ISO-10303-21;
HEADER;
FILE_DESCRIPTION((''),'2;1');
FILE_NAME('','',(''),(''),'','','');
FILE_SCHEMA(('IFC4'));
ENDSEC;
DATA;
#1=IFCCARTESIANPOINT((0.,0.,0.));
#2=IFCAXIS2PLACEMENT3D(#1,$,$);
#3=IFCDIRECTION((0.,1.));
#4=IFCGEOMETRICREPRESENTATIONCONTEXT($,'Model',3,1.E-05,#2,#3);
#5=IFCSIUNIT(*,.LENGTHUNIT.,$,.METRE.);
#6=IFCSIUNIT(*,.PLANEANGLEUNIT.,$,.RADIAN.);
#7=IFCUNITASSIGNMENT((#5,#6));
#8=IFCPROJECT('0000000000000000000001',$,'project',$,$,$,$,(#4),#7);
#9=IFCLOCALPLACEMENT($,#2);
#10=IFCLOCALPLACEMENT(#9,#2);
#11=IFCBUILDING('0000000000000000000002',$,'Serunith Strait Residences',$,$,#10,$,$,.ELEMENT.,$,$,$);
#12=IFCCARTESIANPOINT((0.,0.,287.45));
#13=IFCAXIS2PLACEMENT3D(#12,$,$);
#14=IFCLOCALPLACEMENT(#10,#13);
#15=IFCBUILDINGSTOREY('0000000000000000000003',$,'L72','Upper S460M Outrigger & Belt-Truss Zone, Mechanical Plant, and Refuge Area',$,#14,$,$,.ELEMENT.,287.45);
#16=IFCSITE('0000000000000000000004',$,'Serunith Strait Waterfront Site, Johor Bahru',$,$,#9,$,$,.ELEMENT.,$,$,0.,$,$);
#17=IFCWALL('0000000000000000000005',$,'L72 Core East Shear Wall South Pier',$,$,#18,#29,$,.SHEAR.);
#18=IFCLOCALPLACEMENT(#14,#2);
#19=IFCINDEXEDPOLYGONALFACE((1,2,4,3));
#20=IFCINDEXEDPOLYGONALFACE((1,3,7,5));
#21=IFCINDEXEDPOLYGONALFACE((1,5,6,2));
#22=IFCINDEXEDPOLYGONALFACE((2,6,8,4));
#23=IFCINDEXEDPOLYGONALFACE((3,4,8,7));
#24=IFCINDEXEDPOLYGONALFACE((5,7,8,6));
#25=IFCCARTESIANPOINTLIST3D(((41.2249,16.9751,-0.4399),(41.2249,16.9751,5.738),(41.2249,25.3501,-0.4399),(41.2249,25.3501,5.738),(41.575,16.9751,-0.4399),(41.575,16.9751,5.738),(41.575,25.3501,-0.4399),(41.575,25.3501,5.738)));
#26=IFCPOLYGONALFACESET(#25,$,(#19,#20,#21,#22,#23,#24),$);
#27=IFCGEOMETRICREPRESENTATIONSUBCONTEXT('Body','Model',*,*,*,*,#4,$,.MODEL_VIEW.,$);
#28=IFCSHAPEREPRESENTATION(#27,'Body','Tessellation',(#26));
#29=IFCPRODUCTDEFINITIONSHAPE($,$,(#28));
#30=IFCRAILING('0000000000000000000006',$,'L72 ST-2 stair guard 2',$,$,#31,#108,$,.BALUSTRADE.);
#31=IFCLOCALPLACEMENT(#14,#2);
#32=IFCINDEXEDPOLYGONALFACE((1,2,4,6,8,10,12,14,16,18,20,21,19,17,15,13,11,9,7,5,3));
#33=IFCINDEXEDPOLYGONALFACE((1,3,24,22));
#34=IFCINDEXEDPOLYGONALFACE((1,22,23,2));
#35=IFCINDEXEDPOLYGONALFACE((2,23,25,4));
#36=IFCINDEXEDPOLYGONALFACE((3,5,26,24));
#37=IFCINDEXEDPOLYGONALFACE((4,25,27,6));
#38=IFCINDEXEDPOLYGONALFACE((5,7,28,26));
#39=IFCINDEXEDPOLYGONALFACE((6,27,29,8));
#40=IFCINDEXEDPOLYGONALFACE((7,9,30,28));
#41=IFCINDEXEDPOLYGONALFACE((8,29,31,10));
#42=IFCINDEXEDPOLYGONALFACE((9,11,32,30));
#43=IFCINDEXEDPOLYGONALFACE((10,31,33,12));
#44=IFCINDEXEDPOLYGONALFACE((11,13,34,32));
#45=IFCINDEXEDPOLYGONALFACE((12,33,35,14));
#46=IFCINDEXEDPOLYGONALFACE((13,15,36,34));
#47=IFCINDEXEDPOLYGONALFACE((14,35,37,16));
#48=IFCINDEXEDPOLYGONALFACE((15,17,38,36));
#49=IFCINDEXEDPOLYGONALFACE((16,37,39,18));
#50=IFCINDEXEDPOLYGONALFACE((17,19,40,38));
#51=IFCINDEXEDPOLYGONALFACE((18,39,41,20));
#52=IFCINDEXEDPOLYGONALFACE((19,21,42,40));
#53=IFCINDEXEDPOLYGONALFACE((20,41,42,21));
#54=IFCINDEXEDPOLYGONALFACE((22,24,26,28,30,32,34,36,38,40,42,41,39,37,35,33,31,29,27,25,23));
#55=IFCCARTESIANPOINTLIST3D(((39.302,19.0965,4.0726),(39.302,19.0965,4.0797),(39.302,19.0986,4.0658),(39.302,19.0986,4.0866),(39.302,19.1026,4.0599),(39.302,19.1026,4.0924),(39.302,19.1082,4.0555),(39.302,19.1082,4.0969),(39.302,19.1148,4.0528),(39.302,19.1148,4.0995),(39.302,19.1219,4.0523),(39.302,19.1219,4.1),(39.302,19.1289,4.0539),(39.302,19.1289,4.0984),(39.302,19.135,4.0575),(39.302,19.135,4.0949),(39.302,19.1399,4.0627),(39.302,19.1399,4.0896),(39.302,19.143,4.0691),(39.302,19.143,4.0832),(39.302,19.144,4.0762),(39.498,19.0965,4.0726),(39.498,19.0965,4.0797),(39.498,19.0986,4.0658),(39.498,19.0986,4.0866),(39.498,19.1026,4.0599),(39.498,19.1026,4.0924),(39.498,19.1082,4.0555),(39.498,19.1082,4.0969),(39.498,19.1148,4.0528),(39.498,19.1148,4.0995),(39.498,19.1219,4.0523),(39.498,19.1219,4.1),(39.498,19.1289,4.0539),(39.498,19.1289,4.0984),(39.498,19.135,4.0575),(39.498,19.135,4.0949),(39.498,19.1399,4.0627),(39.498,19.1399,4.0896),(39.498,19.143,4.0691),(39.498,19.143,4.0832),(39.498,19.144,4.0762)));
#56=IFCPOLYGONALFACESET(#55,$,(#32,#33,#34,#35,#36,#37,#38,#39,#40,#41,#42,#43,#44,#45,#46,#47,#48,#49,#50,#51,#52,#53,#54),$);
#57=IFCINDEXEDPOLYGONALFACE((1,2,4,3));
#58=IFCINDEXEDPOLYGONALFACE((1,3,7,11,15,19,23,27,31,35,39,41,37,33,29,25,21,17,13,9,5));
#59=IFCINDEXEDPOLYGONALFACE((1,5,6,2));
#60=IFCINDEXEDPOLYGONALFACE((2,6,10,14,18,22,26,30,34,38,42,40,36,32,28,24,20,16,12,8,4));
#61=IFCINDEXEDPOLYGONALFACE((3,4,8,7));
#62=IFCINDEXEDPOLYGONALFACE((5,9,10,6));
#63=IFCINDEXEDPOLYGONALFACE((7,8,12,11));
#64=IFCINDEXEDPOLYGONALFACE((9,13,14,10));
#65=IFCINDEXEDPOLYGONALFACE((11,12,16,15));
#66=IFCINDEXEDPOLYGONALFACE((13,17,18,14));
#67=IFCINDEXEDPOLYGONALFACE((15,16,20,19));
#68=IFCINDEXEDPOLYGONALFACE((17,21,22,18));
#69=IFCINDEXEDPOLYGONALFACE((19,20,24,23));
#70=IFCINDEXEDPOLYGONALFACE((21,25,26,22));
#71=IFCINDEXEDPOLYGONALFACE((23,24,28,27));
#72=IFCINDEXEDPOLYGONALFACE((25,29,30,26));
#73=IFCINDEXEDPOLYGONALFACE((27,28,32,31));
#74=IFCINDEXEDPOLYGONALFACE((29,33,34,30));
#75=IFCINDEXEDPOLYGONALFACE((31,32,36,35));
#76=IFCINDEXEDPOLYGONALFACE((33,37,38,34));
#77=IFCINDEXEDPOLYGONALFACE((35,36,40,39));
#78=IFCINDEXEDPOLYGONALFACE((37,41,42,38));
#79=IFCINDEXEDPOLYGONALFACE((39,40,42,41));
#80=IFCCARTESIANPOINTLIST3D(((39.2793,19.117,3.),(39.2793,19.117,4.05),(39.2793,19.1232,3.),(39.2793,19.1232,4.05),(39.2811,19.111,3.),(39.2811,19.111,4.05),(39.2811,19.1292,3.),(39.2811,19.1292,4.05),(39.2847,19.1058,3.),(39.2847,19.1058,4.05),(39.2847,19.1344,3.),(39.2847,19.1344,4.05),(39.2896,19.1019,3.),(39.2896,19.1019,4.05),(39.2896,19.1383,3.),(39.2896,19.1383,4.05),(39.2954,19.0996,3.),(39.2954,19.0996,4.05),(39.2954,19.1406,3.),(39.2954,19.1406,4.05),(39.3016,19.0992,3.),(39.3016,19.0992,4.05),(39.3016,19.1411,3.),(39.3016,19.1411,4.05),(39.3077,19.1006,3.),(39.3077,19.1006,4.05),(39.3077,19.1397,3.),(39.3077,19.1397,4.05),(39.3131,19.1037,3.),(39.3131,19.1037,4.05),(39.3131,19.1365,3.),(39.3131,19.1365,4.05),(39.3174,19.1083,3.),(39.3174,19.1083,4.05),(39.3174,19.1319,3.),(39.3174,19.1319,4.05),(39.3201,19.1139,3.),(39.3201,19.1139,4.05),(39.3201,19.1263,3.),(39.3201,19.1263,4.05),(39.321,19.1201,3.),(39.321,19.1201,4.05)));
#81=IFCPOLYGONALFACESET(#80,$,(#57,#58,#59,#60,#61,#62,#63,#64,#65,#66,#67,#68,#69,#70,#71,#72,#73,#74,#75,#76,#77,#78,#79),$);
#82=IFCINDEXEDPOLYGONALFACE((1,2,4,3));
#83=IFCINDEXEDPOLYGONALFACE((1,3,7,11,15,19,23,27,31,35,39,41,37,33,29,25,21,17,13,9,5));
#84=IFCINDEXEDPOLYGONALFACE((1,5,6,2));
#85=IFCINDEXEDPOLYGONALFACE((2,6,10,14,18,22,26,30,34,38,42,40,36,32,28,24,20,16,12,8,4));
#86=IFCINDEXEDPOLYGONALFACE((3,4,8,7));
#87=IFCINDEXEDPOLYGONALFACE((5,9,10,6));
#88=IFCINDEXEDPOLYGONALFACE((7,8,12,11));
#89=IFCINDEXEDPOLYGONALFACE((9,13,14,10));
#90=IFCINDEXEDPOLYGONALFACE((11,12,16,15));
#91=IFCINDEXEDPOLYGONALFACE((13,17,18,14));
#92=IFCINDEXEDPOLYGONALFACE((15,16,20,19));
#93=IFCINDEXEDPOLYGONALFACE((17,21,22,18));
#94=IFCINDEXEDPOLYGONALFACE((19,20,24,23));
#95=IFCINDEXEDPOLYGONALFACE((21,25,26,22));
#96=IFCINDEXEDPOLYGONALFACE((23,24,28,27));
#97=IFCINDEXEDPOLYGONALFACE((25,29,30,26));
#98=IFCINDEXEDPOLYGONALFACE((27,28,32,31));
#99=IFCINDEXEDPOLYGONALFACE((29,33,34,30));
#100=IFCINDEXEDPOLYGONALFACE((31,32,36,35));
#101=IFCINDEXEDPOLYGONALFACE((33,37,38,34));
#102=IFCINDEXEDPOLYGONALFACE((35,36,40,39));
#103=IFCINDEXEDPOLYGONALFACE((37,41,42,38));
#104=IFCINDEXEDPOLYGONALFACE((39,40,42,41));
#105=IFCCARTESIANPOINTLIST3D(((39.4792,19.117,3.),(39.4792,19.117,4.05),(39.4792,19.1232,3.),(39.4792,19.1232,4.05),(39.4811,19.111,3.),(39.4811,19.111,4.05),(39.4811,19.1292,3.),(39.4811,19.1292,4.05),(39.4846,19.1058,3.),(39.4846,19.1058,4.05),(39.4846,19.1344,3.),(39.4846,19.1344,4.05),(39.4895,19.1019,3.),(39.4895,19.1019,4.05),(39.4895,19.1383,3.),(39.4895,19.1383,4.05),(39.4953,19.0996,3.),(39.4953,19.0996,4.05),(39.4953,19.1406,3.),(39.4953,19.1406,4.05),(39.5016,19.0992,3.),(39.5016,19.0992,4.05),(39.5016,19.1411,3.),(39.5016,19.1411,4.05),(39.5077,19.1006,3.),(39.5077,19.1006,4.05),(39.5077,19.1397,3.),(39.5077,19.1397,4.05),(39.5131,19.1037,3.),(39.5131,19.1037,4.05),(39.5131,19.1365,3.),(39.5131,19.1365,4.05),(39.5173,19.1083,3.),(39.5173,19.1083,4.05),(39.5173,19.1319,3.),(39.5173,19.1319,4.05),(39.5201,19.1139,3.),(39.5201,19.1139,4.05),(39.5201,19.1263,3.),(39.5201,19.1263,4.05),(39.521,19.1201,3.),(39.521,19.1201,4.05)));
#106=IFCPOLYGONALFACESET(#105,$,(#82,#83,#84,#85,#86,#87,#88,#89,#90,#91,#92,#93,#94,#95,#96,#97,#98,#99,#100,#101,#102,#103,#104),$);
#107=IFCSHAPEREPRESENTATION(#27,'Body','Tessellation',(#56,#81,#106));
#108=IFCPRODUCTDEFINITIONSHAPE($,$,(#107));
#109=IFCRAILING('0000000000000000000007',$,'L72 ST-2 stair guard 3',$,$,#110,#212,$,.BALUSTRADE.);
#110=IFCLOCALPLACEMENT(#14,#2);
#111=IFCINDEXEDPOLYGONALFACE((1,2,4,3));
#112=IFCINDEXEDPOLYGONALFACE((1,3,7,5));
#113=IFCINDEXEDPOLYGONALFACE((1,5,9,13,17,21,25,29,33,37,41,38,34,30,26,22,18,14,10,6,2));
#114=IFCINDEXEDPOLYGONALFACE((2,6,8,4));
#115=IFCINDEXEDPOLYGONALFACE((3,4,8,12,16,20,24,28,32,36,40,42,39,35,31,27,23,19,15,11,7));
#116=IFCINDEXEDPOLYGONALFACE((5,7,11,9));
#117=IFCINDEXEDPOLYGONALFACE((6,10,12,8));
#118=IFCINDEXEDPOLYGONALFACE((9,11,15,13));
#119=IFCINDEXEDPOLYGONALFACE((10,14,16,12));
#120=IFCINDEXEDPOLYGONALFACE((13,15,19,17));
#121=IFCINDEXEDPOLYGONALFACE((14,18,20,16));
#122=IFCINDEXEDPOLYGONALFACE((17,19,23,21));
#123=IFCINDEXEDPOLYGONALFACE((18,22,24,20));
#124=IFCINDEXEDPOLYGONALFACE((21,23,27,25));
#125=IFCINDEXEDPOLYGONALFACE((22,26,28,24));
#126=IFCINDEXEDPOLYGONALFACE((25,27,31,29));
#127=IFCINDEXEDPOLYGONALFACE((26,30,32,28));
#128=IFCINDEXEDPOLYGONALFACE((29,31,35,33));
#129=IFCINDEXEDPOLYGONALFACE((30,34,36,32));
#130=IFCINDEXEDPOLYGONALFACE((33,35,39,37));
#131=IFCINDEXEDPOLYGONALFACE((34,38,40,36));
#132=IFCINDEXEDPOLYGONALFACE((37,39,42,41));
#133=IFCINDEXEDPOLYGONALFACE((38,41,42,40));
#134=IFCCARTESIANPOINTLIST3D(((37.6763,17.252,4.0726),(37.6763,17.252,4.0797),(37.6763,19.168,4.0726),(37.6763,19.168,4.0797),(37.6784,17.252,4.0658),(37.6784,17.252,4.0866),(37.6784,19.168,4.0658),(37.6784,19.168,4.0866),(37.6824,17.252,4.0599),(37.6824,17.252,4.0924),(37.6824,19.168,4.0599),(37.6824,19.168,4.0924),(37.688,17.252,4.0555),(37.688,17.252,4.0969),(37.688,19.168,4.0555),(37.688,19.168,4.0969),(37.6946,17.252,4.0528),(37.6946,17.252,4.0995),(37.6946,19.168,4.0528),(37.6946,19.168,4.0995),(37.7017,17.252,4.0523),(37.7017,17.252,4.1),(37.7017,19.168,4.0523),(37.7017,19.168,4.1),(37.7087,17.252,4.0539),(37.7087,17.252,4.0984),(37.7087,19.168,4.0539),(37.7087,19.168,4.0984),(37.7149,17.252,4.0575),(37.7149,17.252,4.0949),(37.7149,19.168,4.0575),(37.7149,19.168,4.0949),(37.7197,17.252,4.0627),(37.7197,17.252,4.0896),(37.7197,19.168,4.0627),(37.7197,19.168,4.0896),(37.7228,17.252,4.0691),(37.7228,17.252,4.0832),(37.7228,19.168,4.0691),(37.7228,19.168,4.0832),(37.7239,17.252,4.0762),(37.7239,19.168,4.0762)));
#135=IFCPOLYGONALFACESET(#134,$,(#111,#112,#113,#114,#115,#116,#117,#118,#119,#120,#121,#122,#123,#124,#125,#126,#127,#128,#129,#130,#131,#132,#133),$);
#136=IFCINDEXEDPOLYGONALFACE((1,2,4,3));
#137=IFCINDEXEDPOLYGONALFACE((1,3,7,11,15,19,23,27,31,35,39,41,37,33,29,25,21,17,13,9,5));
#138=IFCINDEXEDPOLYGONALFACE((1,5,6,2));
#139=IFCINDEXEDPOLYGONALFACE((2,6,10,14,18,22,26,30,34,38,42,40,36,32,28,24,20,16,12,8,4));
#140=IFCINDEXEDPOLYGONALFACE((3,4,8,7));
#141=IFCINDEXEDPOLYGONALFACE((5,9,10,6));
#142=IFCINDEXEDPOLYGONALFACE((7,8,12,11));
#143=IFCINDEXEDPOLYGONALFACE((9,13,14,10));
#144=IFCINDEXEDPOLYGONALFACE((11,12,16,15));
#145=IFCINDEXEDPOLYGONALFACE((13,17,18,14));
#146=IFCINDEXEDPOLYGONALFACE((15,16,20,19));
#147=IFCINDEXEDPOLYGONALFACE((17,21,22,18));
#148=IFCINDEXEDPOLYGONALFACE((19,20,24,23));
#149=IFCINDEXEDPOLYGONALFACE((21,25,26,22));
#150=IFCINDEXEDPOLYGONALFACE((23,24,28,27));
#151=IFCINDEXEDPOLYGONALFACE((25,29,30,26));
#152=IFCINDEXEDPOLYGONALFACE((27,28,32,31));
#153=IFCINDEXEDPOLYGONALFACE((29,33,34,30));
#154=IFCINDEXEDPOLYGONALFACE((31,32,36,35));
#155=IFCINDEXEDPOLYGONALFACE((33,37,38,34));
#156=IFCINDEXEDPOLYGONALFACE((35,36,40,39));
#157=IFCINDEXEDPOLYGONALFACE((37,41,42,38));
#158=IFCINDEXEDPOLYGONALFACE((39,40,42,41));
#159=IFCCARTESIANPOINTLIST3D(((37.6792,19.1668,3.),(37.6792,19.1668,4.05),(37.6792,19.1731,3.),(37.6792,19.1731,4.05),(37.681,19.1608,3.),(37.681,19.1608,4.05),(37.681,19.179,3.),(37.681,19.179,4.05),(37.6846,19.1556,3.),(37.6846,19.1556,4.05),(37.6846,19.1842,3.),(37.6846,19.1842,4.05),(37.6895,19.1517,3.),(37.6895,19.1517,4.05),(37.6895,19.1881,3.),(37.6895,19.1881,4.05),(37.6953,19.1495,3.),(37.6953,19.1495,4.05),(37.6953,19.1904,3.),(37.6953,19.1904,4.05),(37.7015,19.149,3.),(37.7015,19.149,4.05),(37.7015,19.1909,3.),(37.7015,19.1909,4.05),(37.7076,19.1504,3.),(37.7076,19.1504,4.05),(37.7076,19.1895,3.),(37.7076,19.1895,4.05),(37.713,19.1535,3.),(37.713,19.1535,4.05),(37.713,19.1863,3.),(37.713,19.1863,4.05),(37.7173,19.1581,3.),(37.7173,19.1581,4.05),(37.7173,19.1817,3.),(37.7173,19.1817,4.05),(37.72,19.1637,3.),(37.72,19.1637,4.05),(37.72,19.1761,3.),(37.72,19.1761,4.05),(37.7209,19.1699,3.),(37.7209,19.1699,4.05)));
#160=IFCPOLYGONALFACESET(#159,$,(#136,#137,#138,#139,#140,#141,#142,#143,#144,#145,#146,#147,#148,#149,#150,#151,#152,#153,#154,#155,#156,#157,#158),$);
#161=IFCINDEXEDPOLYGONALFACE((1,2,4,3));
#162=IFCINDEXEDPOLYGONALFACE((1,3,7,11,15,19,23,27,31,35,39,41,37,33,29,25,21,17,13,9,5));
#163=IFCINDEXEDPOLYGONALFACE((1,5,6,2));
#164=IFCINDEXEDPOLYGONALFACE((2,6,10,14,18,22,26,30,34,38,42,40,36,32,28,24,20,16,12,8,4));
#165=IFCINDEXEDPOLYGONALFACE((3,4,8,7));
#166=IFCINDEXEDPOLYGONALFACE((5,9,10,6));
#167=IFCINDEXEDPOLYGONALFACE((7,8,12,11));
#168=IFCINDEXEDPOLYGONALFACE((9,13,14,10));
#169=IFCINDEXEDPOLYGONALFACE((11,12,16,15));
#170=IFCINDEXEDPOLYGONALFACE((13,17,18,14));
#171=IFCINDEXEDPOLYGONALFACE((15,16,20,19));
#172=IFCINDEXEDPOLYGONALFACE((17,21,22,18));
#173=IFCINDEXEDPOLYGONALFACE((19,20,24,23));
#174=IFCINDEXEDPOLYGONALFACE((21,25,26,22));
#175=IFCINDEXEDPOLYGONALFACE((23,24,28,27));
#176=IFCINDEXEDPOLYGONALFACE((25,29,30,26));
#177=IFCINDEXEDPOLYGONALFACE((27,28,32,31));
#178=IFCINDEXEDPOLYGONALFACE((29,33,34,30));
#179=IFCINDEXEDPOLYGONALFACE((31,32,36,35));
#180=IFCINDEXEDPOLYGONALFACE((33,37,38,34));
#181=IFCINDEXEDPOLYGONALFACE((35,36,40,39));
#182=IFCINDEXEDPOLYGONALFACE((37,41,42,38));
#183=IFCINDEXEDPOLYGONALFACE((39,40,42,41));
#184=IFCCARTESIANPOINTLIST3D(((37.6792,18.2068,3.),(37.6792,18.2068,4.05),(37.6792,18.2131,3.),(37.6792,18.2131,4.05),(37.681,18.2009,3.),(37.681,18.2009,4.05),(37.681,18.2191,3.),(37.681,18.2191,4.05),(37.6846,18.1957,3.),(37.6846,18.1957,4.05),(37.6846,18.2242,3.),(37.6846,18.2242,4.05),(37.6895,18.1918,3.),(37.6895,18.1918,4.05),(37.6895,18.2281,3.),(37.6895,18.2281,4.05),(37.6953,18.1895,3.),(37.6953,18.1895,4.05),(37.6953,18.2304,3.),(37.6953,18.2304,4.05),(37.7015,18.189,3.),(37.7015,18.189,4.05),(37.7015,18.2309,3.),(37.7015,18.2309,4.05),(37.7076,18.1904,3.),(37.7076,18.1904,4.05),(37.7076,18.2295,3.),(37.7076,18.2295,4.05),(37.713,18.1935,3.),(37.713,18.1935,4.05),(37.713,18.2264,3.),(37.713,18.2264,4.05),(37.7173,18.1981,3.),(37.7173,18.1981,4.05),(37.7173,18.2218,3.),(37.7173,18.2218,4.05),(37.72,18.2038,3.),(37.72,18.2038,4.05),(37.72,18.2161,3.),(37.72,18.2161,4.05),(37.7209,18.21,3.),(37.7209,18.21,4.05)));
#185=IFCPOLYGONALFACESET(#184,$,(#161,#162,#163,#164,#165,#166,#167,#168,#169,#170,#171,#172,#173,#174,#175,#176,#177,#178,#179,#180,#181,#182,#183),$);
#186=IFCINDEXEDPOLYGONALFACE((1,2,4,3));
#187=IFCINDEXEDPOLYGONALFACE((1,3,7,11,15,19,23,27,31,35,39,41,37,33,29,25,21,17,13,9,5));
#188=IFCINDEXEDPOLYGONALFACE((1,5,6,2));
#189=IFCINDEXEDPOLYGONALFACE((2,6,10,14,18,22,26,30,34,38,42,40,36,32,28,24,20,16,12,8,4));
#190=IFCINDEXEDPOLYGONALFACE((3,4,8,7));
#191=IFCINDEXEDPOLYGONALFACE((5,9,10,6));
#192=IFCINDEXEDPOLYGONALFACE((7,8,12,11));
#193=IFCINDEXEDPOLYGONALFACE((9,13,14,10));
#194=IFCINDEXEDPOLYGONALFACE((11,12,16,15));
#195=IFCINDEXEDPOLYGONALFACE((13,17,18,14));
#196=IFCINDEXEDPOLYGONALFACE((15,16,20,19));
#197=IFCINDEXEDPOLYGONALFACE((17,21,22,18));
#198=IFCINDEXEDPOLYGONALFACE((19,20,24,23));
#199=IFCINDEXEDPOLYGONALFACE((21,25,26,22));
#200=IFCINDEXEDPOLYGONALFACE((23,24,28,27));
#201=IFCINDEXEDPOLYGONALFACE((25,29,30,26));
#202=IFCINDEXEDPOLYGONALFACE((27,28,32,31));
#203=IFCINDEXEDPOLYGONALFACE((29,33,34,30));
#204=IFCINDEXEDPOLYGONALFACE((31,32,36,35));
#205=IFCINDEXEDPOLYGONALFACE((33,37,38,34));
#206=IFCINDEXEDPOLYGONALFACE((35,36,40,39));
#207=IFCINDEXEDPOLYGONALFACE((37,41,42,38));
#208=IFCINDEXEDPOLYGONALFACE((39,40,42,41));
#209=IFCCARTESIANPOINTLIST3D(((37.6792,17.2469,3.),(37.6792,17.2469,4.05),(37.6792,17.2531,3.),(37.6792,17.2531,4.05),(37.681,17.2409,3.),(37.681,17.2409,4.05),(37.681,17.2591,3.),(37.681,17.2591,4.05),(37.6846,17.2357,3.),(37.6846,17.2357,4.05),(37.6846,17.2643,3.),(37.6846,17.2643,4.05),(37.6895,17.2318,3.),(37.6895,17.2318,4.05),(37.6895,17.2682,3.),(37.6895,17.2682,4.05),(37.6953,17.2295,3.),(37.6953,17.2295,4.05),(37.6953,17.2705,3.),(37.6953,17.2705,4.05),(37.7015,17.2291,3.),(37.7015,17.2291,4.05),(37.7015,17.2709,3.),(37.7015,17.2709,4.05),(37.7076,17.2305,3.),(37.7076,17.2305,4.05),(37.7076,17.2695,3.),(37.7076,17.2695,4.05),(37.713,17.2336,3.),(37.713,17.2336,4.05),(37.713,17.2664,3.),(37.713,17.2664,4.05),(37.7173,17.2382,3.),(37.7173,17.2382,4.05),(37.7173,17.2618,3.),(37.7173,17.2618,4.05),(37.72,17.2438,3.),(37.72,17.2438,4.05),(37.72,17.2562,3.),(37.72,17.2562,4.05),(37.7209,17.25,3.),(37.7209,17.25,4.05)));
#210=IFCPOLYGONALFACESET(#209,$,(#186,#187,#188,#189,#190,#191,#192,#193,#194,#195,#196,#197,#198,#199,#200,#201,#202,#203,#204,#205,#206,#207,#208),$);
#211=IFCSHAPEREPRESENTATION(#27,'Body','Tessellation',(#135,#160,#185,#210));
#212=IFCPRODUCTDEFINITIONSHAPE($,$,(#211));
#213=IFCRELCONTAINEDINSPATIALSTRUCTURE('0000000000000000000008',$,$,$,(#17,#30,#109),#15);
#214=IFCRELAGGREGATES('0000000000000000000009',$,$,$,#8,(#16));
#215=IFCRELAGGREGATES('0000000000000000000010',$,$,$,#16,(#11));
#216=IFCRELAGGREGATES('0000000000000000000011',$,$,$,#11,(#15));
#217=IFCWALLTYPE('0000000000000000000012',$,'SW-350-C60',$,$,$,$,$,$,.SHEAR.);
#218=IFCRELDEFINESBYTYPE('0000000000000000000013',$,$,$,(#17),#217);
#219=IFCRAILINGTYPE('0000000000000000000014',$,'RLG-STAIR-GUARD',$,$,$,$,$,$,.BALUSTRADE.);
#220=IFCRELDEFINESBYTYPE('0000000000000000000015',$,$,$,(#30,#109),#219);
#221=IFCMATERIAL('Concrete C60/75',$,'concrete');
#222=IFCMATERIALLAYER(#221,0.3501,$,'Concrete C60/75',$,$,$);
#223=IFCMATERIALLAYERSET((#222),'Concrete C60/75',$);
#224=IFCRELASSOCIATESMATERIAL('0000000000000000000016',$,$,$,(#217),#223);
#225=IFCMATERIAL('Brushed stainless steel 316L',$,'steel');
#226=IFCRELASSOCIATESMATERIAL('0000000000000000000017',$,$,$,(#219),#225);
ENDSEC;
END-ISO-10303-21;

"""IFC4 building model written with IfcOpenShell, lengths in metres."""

from ifc_helpers import new_model, si_unit, direction, frame, frame_2d, origin, origin_2d, place, context, subcontext, project, spatial, rectangle, circle, extrude, material, layer, layer_set, type_object, element, save


model = new_model("IFC4")

# Units and contexts
model_context = context("Model", 3, precision=1e-05, world=origin(), true_north=direction((0.0, 1.0)))
body_context = subcontext(model_context, "Body", "Model", "MODEL_VIEW")
ifc_project = project(units=[si_unit("LENGTHUNIT", "METRE"), si_unit("PLANEANGLEUNIT", "RADIAN")], contexts=[model_context])

# Site, building, storey
site_placement = place(None, origin())
site = spatial("IfcSite", under=ifc_project, at=site_placement, Name="Serunith Strait Waterfront Site, Johor Bahru", CompositionType="ELEMENT", RefElevation=0.0)
building_placement = place(site_placement, origin())
building = spatial("IfcBuilding", under=site, at=building_placement, Name="Serunith Strait Residences", CompositionType="ELEMENT")
storey_placement = place(building_placement, frame((0.0, 0.0, 287.45)))
storey = spatial("IfcBuildingStorey", under=building, at=storey_placement, Name="L72", Description="Upper S460M Outrigger & Belt-Truss Zone, Mechanical Plant, and Refuge Area", CompositionType="ELEMENT", Elevation=287.45)

# Shared definitions
ifc_material_1 = material(Name="Concrete C60/75", Category="concrete")

# Wall
ifc_layer_1 = layer(ifc_material_1, 0.3501, Name="Concrete C60/75")
ifc_layer_set_1 = layer_set([ifc_layer_1], Name="Concrete C60/75")
wall_type_1 = type_object("IfcWallType", Name="SW-350-C60", PredefinedType="SHEAR", material=ifc_layer_set_1)
wall_1_placement = place(storey_placement, frame((41.3999, 16.9751, -0.4399), z_axis=(0.0, 0.0, 1.0), x_axis=(0.0, 1.0, 0.0)))
element("IfcWall", 1, at=wall_1_placement, inside=storey, type_object=wall_type_1, Name="L72 Core East Shear Wall South Pier", PredefinedType="SHEAR", context=body_context, shape_type="SweptSolid", body=[
    extrude(rectangle(XDim=8.375, YDim=0.3501, at=frame_2d((4.1875, 0.0))), origin(), (0.0, 0.0, 1.0), 6.178),
])

# Railings
ifc_material_2 = material(Name="Brushed stainless steel 316L", Category="steel")
railing_type_1 = type_object("IfcRailingType", Name="RLG-STAIR-GUARD", PredefinedType="BALUSTRADE", material=ifc_material_2)
railing_1_placement = place(storey_placement, frame((39.3, 19.1201, 3.0)))
element("IfcRailing", 2, at=railing_1_placement, inside=storey, type_object=railing_type_1, Name="L72 ST-2 stair guard 2", PredefinedType="BALUSTRADE", context=body_context, shape_type="SweptSolid", body=[
    extrude(circle(Radius=0.0239, at=origin_2d()), frame((0.002, 0.0, 1.0762), z_axis=(1.0, 0.0, 0.0), x_axis=(0.0, 1.0, 0.0)), (0.0, 0.0, 1.0), 0.196),
    extrude(circle(Radius=0.021, at=origin_2d()), origin(), (0.0, 0.0, 1.0), 1.05),
    extrude(circle(Radius=0.021, at=origin_2d()), frame((0.2, 0.0, 0.0)), (0.0, 0.0, 1.0), 1.05),
])
for number, where, name in (
    (3, (37.7, 19.1699, 3.0), "L72 ST-2 stair guard 3"),
):
    element("IfcRailing", number, at=place(storey_placement, frame(where)), inside=storey, type_object=railing_type_1, Name=name, PredefinedType="BALUSTRADE", context=body_context, shape_type="SweptSolid", body=[
        extrude(circle(Radius=0.0239, at=origin_2d()), frame((0.0, -0.002, 1.0762), z_axis=(0.0, -1.0, 0.0), x_axis=(1.0, 0.0, 0.0)), (0.0, 0.0, 1.0), 1.916),
        extrude(circle(Radius=0.021, at=origin_2d()), origin(), (0.0, 0.0, 1.0), 1.05),
        extrude(circle(Radius=0.021, at=origin_2d()), frame((0.0, -0.96, 0.0)), (0.0, 0.0, 1.0), 1.05),
        extrude(circle(Radius=0.021, at=origin_2d()), frame((0.0, -1.9199, 0.0)), (0.0, 0.0, 1.0), 1.05),
    ])

save(model, "model.ifc")
